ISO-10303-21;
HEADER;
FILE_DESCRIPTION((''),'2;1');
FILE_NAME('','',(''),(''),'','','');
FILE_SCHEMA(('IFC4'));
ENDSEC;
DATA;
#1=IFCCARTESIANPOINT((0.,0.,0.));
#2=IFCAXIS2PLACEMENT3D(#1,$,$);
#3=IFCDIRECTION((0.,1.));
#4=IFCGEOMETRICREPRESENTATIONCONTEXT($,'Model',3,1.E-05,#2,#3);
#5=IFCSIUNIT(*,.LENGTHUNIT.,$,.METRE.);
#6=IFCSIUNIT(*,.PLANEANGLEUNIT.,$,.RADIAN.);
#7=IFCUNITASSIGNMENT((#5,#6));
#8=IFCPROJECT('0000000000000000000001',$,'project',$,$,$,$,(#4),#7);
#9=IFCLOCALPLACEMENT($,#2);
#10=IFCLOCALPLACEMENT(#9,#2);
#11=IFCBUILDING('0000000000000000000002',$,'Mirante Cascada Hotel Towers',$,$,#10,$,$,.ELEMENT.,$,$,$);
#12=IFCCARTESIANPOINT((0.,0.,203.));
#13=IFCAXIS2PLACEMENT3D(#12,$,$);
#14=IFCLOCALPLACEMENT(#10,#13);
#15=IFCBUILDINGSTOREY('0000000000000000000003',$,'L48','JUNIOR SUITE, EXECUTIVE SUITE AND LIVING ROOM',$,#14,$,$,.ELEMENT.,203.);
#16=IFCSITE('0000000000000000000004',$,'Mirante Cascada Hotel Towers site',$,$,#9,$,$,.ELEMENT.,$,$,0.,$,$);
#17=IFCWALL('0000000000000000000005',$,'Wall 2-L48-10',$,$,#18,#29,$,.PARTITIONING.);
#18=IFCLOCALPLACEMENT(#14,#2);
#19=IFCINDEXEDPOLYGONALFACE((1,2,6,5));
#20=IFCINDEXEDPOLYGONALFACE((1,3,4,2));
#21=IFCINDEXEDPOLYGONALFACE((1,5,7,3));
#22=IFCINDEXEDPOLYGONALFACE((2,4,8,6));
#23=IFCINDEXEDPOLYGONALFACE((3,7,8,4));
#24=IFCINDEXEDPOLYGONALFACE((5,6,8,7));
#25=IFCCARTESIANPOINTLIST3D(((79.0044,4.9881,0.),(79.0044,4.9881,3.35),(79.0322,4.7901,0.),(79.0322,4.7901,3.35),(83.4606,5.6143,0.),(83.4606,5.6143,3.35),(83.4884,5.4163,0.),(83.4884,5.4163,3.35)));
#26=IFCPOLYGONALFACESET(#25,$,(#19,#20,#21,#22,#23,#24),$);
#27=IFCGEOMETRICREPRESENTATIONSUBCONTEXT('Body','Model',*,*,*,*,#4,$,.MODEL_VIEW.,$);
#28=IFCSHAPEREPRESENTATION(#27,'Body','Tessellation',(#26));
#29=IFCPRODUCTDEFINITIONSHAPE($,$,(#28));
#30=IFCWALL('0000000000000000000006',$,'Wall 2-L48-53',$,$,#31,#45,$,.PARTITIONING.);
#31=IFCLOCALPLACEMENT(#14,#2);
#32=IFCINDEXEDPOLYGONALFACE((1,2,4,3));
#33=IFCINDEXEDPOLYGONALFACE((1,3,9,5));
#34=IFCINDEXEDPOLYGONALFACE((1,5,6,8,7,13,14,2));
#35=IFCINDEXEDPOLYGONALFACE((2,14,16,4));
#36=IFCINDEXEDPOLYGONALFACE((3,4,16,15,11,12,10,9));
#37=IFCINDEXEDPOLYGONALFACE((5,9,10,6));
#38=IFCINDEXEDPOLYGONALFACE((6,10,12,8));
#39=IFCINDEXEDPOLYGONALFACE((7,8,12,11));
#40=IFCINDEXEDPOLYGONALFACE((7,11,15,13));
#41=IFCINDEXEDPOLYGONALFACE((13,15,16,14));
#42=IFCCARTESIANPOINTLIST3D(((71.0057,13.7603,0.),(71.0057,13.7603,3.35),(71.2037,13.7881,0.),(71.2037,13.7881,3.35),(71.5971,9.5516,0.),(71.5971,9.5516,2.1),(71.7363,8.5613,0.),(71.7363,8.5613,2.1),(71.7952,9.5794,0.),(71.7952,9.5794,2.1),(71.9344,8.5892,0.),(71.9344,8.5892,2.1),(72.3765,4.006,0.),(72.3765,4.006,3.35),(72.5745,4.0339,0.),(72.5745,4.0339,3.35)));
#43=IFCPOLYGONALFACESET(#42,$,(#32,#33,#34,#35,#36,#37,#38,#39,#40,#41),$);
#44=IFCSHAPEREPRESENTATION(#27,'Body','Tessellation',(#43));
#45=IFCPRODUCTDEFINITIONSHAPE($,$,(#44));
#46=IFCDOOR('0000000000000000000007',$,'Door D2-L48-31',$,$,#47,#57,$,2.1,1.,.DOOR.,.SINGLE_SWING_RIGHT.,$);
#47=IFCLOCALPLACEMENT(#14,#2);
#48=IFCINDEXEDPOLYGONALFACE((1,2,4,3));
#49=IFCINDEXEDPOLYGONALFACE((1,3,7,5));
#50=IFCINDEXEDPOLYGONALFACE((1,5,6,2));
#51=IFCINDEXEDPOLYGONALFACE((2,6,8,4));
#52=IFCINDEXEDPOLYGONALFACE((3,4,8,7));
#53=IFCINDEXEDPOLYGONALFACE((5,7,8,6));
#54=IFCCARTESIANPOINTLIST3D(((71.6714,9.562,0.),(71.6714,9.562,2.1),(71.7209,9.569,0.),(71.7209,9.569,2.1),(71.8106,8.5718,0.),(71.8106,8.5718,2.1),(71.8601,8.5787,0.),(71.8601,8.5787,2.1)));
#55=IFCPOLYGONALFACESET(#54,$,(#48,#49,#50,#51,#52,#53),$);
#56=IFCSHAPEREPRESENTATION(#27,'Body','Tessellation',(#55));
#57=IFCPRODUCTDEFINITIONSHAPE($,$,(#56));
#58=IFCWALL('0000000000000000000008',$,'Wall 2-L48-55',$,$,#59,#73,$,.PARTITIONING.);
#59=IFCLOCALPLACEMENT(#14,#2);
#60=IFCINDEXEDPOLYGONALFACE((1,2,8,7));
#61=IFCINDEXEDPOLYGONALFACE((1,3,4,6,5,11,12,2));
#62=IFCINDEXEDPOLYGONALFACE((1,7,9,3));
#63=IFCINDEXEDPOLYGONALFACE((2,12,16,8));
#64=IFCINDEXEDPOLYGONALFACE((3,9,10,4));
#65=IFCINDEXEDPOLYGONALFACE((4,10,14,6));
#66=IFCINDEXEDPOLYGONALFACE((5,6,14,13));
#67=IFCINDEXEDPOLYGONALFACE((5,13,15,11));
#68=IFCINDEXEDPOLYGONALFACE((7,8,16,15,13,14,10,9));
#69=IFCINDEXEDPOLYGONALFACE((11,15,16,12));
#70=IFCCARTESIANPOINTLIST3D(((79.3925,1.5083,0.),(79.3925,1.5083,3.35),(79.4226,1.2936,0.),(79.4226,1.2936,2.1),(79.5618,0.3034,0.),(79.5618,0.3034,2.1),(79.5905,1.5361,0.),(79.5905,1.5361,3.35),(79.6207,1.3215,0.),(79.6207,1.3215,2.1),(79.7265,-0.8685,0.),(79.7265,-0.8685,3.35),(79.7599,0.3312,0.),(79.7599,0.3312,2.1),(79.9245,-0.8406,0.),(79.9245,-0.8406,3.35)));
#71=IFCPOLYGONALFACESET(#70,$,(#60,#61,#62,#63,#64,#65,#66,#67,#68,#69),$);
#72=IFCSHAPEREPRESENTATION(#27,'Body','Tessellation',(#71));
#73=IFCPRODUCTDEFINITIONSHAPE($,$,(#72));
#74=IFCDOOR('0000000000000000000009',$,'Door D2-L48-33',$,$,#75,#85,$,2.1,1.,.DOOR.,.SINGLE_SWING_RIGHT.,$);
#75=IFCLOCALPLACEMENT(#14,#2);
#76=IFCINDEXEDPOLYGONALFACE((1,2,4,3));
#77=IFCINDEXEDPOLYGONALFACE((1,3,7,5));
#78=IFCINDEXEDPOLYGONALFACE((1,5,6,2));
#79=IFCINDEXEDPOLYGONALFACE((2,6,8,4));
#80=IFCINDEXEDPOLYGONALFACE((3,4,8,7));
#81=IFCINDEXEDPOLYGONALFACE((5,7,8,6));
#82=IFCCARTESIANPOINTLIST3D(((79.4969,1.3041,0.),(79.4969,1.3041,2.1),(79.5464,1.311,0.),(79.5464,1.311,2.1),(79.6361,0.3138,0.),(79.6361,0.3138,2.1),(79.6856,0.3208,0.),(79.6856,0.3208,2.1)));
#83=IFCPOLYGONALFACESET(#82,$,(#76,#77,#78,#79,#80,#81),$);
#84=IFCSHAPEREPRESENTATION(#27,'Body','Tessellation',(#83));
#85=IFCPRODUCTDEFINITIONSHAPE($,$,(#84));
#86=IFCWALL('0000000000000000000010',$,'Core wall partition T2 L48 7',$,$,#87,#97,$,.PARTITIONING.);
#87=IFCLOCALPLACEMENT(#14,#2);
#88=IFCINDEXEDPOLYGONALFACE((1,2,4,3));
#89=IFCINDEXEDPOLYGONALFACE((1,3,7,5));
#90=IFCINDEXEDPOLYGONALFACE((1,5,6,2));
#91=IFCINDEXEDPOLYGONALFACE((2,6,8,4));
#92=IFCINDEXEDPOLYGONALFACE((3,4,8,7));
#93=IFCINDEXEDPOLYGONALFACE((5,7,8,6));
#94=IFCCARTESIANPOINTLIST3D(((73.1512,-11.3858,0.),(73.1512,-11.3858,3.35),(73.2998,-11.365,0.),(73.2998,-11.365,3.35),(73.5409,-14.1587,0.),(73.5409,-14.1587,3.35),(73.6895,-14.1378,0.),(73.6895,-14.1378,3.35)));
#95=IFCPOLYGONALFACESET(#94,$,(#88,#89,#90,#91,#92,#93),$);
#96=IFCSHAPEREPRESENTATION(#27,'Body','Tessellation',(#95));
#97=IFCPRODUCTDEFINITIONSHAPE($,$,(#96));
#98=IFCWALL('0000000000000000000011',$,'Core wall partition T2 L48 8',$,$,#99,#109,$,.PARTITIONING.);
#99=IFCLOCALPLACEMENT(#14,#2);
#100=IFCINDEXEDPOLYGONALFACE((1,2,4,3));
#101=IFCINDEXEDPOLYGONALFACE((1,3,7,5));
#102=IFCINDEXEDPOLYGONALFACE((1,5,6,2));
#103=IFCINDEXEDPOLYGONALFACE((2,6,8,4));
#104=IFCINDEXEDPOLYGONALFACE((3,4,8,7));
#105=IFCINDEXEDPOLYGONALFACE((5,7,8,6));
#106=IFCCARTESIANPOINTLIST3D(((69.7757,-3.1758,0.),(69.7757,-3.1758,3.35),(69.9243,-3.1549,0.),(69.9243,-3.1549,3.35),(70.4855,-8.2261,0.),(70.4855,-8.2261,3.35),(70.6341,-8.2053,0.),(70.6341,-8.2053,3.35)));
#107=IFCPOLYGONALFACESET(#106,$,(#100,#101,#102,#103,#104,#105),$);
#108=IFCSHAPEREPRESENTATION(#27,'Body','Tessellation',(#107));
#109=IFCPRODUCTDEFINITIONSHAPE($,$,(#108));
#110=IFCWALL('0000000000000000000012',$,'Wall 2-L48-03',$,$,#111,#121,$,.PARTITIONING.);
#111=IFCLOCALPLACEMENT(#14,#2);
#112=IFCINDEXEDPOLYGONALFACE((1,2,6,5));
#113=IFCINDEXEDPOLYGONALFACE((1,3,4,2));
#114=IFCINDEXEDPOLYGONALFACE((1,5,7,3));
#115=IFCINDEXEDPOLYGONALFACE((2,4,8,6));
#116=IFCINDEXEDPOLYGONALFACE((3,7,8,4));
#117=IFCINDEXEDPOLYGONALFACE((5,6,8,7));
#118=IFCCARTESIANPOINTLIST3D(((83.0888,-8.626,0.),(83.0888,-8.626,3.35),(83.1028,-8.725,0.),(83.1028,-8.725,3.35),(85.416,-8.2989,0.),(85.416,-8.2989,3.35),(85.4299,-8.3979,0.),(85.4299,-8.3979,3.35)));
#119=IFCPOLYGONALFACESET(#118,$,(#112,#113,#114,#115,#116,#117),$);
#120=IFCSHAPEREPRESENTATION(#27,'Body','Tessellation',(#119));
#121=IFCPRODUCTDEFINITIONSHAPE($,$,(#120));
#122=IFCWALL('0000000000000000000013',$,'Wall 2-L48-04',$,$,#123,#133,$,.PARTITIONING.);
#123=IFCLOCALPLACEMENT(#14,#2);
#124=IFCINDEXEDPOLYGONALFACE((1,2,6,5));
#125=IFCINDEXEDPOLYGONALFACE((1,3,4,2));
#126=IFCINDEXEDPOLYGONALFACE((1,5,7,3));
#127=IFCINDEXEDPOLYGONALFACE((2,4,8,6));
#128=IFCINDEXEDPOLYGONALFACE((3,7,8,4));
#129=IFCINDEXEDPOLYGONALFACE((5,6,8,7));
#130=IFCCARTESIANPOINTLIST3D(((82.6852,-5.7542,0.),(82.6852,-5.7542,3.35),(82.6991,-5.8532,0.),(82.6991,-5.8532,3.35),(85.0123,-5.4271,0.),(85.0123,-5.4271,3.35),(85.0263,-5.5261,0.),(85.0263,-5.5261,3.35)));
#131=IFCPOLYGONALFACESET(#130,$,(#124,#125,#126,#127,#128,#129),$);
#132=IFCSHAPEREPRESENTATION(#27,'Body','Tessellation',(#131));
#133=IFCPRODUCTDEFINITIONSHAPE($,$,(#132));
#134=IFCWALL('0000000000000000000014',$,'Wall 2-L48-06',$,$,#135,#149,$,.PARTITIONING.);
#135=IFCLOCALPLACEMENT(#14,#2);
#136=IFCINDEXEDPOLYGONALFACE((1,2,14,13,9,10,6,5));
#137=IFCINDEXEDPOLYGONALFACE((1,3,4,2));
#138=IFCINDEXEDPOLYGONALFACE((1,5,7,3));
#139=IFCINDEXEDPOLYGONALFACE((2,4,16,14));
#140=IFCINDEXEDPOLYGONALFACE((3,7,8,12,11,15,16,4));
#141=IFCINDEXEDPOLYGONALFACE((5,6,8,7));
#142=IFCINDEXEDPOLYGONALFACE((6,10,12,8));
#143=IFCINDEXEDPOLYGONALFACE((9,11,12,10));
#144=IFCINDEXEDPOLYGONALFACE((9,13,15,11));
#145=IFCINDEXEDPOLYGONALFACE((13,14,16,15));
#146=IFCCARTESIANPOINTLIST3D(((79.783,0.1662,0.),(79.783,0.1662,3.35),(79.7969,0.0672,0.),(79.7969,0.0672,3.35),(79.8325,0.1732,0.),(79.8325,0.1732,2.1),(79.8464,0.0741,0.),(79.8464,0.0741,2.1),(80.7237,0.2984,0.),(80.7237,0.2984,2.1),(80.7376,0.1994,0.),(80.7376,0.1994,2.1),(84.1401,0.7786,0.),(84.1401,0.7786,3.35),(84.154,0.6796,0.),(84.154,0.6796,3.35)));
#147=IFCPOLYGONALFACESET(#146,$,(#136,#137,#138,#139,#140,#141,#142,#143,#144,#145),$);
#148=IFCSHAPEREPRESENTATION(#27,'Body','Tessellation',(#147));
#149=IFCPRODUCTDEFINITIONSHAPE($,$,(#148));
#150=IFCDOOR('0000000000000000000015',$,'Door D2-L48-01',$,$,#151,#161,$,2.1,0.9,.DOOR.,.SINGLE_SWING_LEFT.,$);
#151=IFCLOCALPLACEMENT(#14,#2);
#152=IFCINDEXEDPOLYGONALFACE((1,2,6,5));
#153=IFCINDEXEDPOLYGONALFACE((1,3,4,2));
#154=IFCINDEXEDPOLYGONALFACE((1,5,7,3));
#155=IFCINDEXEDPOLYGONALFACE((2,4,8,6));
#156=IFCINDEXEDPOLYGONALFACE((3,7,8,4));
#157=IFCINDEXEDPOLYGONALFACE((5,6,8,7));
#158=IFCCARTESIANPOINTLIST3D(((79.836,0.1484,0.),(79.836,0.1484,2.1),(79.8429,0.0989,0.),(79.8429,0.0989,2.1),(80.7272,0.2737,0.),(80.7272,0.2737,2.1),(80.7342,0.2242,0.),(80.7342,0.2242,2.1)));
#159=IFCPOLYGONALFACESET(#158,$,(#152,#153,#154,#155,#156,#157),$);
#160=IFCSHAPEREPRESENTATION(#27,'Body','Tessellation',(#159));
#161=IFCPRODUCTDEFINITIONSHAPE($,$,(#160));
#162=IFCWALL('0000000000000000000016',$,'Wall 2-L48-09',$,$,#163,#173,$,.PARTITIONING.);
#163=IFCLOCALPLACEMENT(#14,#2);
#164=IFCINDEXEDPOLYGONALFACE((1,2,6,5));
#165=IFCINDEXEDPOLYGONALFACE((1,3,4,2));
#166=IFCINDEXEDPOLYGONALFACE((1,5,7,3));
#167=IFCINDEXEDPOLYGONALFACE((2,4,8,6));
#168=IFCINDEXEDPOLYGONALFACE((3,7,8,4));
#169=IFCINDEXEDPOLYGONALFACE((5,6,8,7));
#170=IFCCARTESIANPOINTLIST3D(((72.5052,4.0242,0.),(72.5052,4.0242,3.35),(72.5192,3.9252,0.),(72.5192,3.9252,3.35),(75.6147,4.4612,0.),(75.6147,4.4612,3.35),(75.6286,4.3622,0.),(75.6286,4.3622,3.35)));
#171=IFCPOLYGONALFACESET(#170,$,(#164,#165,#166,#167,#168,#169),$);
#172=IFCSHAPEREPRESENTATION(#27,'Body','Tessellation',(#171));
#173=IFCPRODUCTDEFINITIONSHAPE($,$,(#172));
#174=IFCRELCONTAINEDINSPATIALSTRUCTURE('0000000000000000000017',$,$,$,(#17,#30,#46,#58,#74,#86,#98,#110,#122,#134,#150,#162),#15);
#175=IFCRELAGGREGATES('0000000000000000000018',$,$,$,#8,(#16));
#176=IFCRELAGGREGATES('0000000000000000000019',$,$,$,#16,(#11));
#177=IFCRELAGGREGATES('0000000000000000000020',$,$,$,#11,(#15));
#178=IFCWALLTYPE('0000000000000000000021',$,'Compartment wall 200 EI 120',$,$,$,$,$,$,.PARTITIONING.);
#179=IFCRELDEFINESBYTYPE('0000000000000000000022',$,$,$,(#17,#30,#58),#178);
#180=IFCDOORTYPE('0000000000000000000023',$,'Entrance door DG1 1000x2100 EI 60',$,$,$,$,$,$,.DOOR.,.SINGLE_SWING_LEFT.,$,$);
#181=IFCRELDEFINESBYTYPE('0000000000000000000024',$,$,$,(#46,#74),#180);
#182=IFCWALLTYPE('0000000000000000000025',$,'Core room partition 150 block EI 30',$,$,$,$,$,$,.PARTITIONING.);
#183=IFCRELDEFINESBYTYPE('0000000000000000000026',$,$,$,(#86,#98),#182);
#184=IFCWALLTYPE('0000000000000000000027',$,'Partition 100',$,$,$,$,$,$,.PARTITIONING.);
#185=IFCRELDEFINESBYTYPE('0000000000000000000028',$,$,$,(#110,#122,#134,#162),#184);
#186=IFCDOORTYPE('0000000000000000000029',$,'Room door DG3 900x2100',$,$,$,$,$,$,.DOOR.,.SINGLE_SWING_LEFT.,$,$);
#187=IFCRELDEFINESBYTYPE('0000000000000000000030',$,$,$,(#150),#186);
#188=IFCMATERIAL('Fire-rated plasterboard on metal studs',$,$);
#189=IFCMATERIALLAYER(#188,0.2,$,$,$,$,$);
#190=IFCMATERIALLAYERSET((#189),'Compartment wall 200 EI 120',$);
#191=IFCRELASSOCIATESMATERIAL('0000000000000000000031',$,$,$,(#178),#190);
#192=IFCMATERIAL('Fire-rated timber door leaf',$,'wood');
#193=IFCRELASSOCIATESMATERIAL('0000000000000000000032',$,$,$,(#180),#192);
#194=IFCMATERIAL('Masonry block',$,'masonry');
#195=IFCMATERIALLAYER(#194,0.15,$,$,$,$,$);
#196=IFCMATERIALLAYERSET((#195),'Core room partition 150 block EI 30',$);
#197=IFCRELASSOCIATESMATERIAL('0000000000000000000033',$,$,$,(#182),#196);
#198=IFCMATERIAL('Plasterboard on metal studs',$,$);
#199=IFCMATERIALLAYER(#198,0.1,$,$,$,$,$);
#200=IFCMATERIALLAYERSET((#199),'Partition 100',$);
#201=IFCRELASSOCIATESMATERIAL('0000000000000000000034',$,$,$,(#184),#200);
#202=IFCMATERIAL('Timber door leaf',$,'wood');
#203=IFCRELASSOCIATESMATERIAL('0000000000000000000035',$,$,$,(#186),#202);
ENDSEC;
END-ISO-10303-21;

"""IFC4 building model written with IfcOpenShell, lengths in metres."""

from ifc_helpers import new_model, si_unit, direction, frame, frame_2d, origin, place, context, subcontext, project, spatial, rectangle, extrude, material, layer, layer_set, type_object, element, fill, save


model = new_model("IFC4")

# Units and contexts
model_context = context("Model", 3, precision=1e-05, world=origin(), true_north=direction((0.0, 1.0)))
body_context = subcontext(model_context, "Body", "Model", "MODEL_VIEW")
ifc_project = project(units=[si_unit("LENGTHUNIT", "METRE"), si_unit("PLANEANGLEUNIT", "RADIAN")], contexts=[model_context])

# Site, building, storey
site_placement = place(None, origin())
site = spatial("IfcSite", under=ifc_project, at=site_placement, Name="Mirante Cascada Hotel Towers site", CompositionType="ELEMENT", RefElevation=0.0)
building_placement = place(site_placement, origin())
building = spatial("IfcBuilding", under=site, at=building_placement, Name="Mirante Cascada Hotel Towers", CompositionType="ELEMENT")
storey_placement = place(building_placement, frame((0.0, 0.0, 203.0)))
storey = spatial("IfcBuildingStorey", under=building, at=storey_placement, Name="L48", Description="JUNIOR SUITE, EXECUTIVE SUITE AND LIVING ROOM", CompositionType="ELEMENT", Elevation=203.0)

# Wall
ifc_material_1 = material(Name="Fire-rated plasterboard on metal studs")
ifc_layer_1 = layer(ifc_material_1, 0.2)
ifc_layer_set_1 = layer_set([ifc_layer_1], Name="Compartment wall 200 EI 120")
wall_type_1 = type_object("IfcWallType", Name="Compartment wall 200 EI 120", PredefinedType="PARTITIONING", material=ifc_layer_set_1)
wall_1_placement = place(storey_placement, frame((83.4745, 5.5153, 0.0), z_axis=(0.0, 0.0, 1.0), x_axis=(-0.990271, -0.139156, 0.0)))
element("IfcWall", 1, at=wall_1_placement, inside=storey, type_object=wall_type_1, Name="Wall 2-L48-10", PredefinedType="PARTITIONING", context=body_context, shape_type="SweptSolid", body=[
    extrude(rectangle(XDim=4.5, YDim=0.2, at=frame_2d((2.25, 0.0))), origin(), (0.0, 0.0, 1.0), 3.35),
])

# Walls, openings, doors
wall_2_placement = place(storey_placement, frame((72.4755, 4.02, 0.0), z_axis=(0.0, 0.0, 1.0), x_axis=(-0.139167, 0.990269, 0.0)))
wall_2 = element("IfcWall", 2, at=wall_2_placement, inside=storey, type_object=wall_type_1, Name="Wall 2-L48-53", PredefinedType="PARTITIONING", context=body_context, shape_type="SweptSolid", body=[
    extrude(rectangle(XDim=9.8501, YDim=0.2, at=frame_2d((4.925, 0.0))), origin(), (0.0, 0.0, 1.0), 3.35),
])
opening_1_placement = place(wall_2_placement, frame((4.6, 0.0, 0.0)))
opening_1 = element("IfcOpeningElement", 3, at=opening_1_placement, cuts=wall_2, PredefinedType="OPENING", context=body_context, shape_type="SweptSolid", body=[
    extrude(rectangle(XDim=1.0, YDim=2.1, at=frame_2d((0.5, 1.05))), frame((0.0, 0.1, 0.0), z_axis=(0.0, -1.0, 0.0), x_axis=(1.0, 0.0, 0.0)), (0.0, 0.0, 1.0), 0.2),
])
ifc_material_2 = material(Name="Fire-rated timber door leaf", Category="wood")
door_type_1 = type_object("IfcDoorType", Name="Entrance door DG1 1000x2100 EI 60", OperationType="SINGLE_SWING_LEFT", PredefinedType="DOOR", material=ifc_material_2)
door_1_placement = place(opening_1_placement, frame((1.0, 0.0, 0.0), z_axis=(0.0, 0.0, 1.0), x_axis=(-1.0, 0.0, 0.0)))
door_1 = element("IfcDoor", 4, at=door_1_placement, inside=storey, type_object=door_type_1, Name="Door D2-L48-31", OperationType="SINGLE_SWING_RIGHT", OverallHeight=2.1, OverallWidth=1.0, PredefinedType="DOOR", context=body_context, shape_type="SweptSolid", body=[
    extrude(rectangle(XDim=1.0, YDim=2.1, at=frame_2d((0.5, 1.05))), frame((0.0, 0.025, 0.0), z_axis=(0.0, -1.0, 0.0), x_axis=(1.0, 0.0, 0.0)), (0.0, 0.0, 1.0), 0.05),
])
fill(opening_1, door_1)
wall_3_placement = place(storey_placement, frame((79.8255, -0.8545, 0.0), z_axis=(0.0, 0.0, 1.0), x_axis=(-0.139163, 0.990269, 0.0)))
wall_3 = element("IfcWall", 5, at=wall_3_placement, inside=storey, type_object=wall_type_1, Name="Wall 2-L48-55", PredefinedType="PARTITIONING", context=body_context, shape_type="SweptSolid", body=[
    extrude(rectangle(XDim=2.4001, YDim=0.2, at=frame_2d((1.2, 0.0))), origin(), (0.0, 0.0, 1.0), 3.35),
])
opening_2_placement = place(wall_3_placement, frame((1.1833, 0.0, 0.0)))
opening_2 = element("IfcOpeningElement", 6, at=opening_2_placement, cuts=wall_3, PredefinedType="OPENING", context=body_context, shape_type="SweptSolid", body=[
    extrude(rectangle(XDim=1.0, YDim=2.1, at=frame_2d((0.5, 1.05))), frame((0.0, 0.1, 0.0), z_axis=(0.0, -1.0, 0.0), x_axis=(1.0, 0.0, 0.0)), (0.0, 0.0, 1.0), 0.2),
])
door_2_placement = place(opening_2_placement, frame((1.0, 0.0, 0.0), z_axis=(0.0, 0.0, 1.0), x_axis=(-1.0, 0.0, 0.0)))
door_2 = element("IfcDoor", 7, at=door_2_placement, inside=storey, type_object=door_type_1, Name="Door D2-L48-33", OperationType="SINGLE_SWING_RIGHT", OverallHeight=2.1, OverallWidth=1.0, PredefinedType="DOOR", context=body_context, shape_type="SweptSolid", body=[
    extrude(rectangle(XDim=1.0, YDim=2.1, at=frame_2d((0.5, 1.05))), frame((0.0, 0.025, 0.0), z_axis=(0.0, -1.0, 0.0), x_axis=(1.0, 0.0, 0.0)), (0.0, 0.0, 1.0), 0.05),
])
fill(opening_2, door_2)

# Walls
ifc_material_3 = material(Name="Masonry block", Category="masonry")
ifc_layer_2 = layer(ifc_material_3, 0.15)
ifc_layer_set_2 = layer_set([ifc_layer_2], Name="Core room partition 150 block EI 30")
wall_type_2 = type_object("IfcWallType", Name="Core room partition 150 block EI 30", PredefinedType="PARTITIONING", material=ifc_layer_set_2)
wall_4_placement = place(storey_placement, frame((73.6152, -14.1482, 0.0), z_axis=(0.0, 0.0, 1.0), x_axis=(-0.139176, 0.990268, 0.0)))
element("IfcWall", 8, at=wall_4_placement, inside=storey, type_object=wall_type_2, Name="Core wall partition T2 L48 7", PredefinedType="PARTITIONING", context=body_context, shape_type="SweptSolid", body=[
    extrude(rectangle(XDim=2.8001, YDim=0.15, at=frame_2d((1.4, 0.0))), origin(), (0.0, 0.0, 1.0), 3.35),
])
wall_5_placement = place(storey_placement, frame((70.5598, -8.2157, 0.0), z_axis=(0.0, 0.0, 1.0), x_axis=(-0.139176, 0.990268, 0.0)))
element("IfcWall", 9, at=wall_5_placement, inside=storey, type_object=wall_type_2, Name="Core wall partition T2 L48 8", PredefinedType="PARTITIONING", context=body_context, shape_type="SweptSolid", body=[
    extrude(rectangle(XDim=5.1, YDim=0.15, at=frame_2d((2.55, 0.0))), origin(), (0.0, 0.0, 1.0), 3.35),
])
ifc_material_4 = material(Name="Plasterboard on metal studs")
ifc_layer_3 = layer(ifc_material_4, 0.1)
ifc_layer_set_3 = layer_set([ifc_layer_3], Name="Partition 100")
wall_type_3 = type_object("IfcWallType", Name="Partition 100", PredefinedType="PARTITIONING", material=ifc_layer_set_3)
for number, where, z_axis, x_axis, name in (
    (10, (83.0958, -8.6755, 0.0), (0.0, 0.0, 1.0), (0.990265, 0.139193, 0.0), "Wall 2-L48-03"),
    (11, (85.0193, -5.4766, 0.0), (0.0, 0.0, 1.0), (-0.990265, -0.139193, 0.0), "Wall 2-L48-04"),
):
    element("IfcWall", number, at=place(storey_placement, frame(where, z_axis=z_axis, x_axis=x_axis)), inside=storey, type_object=wall_type_3, Name=name, PredefinedType="PARTITIONING", context=body_context, shape_type="SweptSolid", body=[
        extrude(rectangle(XDim=2.35, YDim=0.1, at=frame_2d((1.175, 0.0))), origin(), (0.0, 0.0, 1.0), 3.35),
    ])

# Wall, opening, door
wall_6_placement = place(storey_placement, frame((84.1471, 0.7291, 0.0), z_axis=(0.0, 0.0, 1.0), x_axis=(-0.990267, -0.139184, 0.0)))
wall_6 = element("IfcWall", 12, at=wall_6_placement, inside=storey, type_object=wall_type_3, Name="Wall 2-L48-06", PredefinedType="PARTITIONING", context=body_context, shape_type="SweptSolid", body=[
    extrude(rectangle(XDim=4.3999, YDim=0.1, at=frame_2d((2.2, 0.0))), origin(), (0.0, 0.0, 1.0), 3.35),
])
opening_3_placement = place(wall_6_placement, frame((3.45, 0.0, 0.0)))
opening_3 = element("IfcOpeningElement", 13, at=opening_3_placement, cuts=wall_6, PredefinedType="OPENING", context=body_context, shape_type="SweptSolid", body=[
    extrude(rectangle(XDim=0.9, YDim=2.1, at=frame_2d((0.45, 1.05))), frame((0.0, 0.05, 0.0), z_axis=(0.0, -1.0, 0.0), x_axis=(1.0, 0.0, 0.0)), (0.0, 0.0, 1.0), 0.1),
])
ifc_material_5 = material(Name="Timber door leaf", Category="wood")
door_type_2 = type_object("IfcDoorType", Name="Room door DG3 900x2100", OperationType="SINGLE_SWING_LEFT", PredefinedType="DOOR", material=ifc_material_5)
door_3_placement = place(opening_3_placement, origin())
door_3 = element("IfcDoor", 14, at=door_3_placement, inside=storey, type_object=door_type_2, Name="Door D2-L48-01", OperationType="SINGLE_SWING_LEFT", OverallHeight=2.1, OverallWidth=0.9, PredefinedType="DOOR", context=body_context, shape_type="SweptSolid", body=[
    extrude(rectangle(XDim=0.9, YDim=2.1, at=frame_2d((0.45, 1.05))), frame((0.0, 0.025, 0.0), z_axis=(0.0, -1.0, 0.0), x_axis=(1.0, 0.0, 0.0)), (0.0, 0.0, 1.0), 0.05),
])
fill(opening_3, door_3)

# Wall
wall_7_placement = place(storey_placement, frame((72.5122, 3.9747, 0.0), z_axis=(0.0, 0.0, 1.0), x_axis=(0.990268, 0.139174, 0.0)))
element("IfcWall", 15, at=wall_7_placement, inside=storey, type_object=wall_type_3, Name="Wall 2-L48-09", PredefinedType="PARTITIONING", context=body_context, shape_type="SweptSolid", body=[
    extrude(rectangle(XDim=3.14, YDim=0.1, at=frame_2d((1.57, 0.0))), origin(), (0.0, 0.0, 1.0), 3.35),
])

save(model, "model.ifc")
